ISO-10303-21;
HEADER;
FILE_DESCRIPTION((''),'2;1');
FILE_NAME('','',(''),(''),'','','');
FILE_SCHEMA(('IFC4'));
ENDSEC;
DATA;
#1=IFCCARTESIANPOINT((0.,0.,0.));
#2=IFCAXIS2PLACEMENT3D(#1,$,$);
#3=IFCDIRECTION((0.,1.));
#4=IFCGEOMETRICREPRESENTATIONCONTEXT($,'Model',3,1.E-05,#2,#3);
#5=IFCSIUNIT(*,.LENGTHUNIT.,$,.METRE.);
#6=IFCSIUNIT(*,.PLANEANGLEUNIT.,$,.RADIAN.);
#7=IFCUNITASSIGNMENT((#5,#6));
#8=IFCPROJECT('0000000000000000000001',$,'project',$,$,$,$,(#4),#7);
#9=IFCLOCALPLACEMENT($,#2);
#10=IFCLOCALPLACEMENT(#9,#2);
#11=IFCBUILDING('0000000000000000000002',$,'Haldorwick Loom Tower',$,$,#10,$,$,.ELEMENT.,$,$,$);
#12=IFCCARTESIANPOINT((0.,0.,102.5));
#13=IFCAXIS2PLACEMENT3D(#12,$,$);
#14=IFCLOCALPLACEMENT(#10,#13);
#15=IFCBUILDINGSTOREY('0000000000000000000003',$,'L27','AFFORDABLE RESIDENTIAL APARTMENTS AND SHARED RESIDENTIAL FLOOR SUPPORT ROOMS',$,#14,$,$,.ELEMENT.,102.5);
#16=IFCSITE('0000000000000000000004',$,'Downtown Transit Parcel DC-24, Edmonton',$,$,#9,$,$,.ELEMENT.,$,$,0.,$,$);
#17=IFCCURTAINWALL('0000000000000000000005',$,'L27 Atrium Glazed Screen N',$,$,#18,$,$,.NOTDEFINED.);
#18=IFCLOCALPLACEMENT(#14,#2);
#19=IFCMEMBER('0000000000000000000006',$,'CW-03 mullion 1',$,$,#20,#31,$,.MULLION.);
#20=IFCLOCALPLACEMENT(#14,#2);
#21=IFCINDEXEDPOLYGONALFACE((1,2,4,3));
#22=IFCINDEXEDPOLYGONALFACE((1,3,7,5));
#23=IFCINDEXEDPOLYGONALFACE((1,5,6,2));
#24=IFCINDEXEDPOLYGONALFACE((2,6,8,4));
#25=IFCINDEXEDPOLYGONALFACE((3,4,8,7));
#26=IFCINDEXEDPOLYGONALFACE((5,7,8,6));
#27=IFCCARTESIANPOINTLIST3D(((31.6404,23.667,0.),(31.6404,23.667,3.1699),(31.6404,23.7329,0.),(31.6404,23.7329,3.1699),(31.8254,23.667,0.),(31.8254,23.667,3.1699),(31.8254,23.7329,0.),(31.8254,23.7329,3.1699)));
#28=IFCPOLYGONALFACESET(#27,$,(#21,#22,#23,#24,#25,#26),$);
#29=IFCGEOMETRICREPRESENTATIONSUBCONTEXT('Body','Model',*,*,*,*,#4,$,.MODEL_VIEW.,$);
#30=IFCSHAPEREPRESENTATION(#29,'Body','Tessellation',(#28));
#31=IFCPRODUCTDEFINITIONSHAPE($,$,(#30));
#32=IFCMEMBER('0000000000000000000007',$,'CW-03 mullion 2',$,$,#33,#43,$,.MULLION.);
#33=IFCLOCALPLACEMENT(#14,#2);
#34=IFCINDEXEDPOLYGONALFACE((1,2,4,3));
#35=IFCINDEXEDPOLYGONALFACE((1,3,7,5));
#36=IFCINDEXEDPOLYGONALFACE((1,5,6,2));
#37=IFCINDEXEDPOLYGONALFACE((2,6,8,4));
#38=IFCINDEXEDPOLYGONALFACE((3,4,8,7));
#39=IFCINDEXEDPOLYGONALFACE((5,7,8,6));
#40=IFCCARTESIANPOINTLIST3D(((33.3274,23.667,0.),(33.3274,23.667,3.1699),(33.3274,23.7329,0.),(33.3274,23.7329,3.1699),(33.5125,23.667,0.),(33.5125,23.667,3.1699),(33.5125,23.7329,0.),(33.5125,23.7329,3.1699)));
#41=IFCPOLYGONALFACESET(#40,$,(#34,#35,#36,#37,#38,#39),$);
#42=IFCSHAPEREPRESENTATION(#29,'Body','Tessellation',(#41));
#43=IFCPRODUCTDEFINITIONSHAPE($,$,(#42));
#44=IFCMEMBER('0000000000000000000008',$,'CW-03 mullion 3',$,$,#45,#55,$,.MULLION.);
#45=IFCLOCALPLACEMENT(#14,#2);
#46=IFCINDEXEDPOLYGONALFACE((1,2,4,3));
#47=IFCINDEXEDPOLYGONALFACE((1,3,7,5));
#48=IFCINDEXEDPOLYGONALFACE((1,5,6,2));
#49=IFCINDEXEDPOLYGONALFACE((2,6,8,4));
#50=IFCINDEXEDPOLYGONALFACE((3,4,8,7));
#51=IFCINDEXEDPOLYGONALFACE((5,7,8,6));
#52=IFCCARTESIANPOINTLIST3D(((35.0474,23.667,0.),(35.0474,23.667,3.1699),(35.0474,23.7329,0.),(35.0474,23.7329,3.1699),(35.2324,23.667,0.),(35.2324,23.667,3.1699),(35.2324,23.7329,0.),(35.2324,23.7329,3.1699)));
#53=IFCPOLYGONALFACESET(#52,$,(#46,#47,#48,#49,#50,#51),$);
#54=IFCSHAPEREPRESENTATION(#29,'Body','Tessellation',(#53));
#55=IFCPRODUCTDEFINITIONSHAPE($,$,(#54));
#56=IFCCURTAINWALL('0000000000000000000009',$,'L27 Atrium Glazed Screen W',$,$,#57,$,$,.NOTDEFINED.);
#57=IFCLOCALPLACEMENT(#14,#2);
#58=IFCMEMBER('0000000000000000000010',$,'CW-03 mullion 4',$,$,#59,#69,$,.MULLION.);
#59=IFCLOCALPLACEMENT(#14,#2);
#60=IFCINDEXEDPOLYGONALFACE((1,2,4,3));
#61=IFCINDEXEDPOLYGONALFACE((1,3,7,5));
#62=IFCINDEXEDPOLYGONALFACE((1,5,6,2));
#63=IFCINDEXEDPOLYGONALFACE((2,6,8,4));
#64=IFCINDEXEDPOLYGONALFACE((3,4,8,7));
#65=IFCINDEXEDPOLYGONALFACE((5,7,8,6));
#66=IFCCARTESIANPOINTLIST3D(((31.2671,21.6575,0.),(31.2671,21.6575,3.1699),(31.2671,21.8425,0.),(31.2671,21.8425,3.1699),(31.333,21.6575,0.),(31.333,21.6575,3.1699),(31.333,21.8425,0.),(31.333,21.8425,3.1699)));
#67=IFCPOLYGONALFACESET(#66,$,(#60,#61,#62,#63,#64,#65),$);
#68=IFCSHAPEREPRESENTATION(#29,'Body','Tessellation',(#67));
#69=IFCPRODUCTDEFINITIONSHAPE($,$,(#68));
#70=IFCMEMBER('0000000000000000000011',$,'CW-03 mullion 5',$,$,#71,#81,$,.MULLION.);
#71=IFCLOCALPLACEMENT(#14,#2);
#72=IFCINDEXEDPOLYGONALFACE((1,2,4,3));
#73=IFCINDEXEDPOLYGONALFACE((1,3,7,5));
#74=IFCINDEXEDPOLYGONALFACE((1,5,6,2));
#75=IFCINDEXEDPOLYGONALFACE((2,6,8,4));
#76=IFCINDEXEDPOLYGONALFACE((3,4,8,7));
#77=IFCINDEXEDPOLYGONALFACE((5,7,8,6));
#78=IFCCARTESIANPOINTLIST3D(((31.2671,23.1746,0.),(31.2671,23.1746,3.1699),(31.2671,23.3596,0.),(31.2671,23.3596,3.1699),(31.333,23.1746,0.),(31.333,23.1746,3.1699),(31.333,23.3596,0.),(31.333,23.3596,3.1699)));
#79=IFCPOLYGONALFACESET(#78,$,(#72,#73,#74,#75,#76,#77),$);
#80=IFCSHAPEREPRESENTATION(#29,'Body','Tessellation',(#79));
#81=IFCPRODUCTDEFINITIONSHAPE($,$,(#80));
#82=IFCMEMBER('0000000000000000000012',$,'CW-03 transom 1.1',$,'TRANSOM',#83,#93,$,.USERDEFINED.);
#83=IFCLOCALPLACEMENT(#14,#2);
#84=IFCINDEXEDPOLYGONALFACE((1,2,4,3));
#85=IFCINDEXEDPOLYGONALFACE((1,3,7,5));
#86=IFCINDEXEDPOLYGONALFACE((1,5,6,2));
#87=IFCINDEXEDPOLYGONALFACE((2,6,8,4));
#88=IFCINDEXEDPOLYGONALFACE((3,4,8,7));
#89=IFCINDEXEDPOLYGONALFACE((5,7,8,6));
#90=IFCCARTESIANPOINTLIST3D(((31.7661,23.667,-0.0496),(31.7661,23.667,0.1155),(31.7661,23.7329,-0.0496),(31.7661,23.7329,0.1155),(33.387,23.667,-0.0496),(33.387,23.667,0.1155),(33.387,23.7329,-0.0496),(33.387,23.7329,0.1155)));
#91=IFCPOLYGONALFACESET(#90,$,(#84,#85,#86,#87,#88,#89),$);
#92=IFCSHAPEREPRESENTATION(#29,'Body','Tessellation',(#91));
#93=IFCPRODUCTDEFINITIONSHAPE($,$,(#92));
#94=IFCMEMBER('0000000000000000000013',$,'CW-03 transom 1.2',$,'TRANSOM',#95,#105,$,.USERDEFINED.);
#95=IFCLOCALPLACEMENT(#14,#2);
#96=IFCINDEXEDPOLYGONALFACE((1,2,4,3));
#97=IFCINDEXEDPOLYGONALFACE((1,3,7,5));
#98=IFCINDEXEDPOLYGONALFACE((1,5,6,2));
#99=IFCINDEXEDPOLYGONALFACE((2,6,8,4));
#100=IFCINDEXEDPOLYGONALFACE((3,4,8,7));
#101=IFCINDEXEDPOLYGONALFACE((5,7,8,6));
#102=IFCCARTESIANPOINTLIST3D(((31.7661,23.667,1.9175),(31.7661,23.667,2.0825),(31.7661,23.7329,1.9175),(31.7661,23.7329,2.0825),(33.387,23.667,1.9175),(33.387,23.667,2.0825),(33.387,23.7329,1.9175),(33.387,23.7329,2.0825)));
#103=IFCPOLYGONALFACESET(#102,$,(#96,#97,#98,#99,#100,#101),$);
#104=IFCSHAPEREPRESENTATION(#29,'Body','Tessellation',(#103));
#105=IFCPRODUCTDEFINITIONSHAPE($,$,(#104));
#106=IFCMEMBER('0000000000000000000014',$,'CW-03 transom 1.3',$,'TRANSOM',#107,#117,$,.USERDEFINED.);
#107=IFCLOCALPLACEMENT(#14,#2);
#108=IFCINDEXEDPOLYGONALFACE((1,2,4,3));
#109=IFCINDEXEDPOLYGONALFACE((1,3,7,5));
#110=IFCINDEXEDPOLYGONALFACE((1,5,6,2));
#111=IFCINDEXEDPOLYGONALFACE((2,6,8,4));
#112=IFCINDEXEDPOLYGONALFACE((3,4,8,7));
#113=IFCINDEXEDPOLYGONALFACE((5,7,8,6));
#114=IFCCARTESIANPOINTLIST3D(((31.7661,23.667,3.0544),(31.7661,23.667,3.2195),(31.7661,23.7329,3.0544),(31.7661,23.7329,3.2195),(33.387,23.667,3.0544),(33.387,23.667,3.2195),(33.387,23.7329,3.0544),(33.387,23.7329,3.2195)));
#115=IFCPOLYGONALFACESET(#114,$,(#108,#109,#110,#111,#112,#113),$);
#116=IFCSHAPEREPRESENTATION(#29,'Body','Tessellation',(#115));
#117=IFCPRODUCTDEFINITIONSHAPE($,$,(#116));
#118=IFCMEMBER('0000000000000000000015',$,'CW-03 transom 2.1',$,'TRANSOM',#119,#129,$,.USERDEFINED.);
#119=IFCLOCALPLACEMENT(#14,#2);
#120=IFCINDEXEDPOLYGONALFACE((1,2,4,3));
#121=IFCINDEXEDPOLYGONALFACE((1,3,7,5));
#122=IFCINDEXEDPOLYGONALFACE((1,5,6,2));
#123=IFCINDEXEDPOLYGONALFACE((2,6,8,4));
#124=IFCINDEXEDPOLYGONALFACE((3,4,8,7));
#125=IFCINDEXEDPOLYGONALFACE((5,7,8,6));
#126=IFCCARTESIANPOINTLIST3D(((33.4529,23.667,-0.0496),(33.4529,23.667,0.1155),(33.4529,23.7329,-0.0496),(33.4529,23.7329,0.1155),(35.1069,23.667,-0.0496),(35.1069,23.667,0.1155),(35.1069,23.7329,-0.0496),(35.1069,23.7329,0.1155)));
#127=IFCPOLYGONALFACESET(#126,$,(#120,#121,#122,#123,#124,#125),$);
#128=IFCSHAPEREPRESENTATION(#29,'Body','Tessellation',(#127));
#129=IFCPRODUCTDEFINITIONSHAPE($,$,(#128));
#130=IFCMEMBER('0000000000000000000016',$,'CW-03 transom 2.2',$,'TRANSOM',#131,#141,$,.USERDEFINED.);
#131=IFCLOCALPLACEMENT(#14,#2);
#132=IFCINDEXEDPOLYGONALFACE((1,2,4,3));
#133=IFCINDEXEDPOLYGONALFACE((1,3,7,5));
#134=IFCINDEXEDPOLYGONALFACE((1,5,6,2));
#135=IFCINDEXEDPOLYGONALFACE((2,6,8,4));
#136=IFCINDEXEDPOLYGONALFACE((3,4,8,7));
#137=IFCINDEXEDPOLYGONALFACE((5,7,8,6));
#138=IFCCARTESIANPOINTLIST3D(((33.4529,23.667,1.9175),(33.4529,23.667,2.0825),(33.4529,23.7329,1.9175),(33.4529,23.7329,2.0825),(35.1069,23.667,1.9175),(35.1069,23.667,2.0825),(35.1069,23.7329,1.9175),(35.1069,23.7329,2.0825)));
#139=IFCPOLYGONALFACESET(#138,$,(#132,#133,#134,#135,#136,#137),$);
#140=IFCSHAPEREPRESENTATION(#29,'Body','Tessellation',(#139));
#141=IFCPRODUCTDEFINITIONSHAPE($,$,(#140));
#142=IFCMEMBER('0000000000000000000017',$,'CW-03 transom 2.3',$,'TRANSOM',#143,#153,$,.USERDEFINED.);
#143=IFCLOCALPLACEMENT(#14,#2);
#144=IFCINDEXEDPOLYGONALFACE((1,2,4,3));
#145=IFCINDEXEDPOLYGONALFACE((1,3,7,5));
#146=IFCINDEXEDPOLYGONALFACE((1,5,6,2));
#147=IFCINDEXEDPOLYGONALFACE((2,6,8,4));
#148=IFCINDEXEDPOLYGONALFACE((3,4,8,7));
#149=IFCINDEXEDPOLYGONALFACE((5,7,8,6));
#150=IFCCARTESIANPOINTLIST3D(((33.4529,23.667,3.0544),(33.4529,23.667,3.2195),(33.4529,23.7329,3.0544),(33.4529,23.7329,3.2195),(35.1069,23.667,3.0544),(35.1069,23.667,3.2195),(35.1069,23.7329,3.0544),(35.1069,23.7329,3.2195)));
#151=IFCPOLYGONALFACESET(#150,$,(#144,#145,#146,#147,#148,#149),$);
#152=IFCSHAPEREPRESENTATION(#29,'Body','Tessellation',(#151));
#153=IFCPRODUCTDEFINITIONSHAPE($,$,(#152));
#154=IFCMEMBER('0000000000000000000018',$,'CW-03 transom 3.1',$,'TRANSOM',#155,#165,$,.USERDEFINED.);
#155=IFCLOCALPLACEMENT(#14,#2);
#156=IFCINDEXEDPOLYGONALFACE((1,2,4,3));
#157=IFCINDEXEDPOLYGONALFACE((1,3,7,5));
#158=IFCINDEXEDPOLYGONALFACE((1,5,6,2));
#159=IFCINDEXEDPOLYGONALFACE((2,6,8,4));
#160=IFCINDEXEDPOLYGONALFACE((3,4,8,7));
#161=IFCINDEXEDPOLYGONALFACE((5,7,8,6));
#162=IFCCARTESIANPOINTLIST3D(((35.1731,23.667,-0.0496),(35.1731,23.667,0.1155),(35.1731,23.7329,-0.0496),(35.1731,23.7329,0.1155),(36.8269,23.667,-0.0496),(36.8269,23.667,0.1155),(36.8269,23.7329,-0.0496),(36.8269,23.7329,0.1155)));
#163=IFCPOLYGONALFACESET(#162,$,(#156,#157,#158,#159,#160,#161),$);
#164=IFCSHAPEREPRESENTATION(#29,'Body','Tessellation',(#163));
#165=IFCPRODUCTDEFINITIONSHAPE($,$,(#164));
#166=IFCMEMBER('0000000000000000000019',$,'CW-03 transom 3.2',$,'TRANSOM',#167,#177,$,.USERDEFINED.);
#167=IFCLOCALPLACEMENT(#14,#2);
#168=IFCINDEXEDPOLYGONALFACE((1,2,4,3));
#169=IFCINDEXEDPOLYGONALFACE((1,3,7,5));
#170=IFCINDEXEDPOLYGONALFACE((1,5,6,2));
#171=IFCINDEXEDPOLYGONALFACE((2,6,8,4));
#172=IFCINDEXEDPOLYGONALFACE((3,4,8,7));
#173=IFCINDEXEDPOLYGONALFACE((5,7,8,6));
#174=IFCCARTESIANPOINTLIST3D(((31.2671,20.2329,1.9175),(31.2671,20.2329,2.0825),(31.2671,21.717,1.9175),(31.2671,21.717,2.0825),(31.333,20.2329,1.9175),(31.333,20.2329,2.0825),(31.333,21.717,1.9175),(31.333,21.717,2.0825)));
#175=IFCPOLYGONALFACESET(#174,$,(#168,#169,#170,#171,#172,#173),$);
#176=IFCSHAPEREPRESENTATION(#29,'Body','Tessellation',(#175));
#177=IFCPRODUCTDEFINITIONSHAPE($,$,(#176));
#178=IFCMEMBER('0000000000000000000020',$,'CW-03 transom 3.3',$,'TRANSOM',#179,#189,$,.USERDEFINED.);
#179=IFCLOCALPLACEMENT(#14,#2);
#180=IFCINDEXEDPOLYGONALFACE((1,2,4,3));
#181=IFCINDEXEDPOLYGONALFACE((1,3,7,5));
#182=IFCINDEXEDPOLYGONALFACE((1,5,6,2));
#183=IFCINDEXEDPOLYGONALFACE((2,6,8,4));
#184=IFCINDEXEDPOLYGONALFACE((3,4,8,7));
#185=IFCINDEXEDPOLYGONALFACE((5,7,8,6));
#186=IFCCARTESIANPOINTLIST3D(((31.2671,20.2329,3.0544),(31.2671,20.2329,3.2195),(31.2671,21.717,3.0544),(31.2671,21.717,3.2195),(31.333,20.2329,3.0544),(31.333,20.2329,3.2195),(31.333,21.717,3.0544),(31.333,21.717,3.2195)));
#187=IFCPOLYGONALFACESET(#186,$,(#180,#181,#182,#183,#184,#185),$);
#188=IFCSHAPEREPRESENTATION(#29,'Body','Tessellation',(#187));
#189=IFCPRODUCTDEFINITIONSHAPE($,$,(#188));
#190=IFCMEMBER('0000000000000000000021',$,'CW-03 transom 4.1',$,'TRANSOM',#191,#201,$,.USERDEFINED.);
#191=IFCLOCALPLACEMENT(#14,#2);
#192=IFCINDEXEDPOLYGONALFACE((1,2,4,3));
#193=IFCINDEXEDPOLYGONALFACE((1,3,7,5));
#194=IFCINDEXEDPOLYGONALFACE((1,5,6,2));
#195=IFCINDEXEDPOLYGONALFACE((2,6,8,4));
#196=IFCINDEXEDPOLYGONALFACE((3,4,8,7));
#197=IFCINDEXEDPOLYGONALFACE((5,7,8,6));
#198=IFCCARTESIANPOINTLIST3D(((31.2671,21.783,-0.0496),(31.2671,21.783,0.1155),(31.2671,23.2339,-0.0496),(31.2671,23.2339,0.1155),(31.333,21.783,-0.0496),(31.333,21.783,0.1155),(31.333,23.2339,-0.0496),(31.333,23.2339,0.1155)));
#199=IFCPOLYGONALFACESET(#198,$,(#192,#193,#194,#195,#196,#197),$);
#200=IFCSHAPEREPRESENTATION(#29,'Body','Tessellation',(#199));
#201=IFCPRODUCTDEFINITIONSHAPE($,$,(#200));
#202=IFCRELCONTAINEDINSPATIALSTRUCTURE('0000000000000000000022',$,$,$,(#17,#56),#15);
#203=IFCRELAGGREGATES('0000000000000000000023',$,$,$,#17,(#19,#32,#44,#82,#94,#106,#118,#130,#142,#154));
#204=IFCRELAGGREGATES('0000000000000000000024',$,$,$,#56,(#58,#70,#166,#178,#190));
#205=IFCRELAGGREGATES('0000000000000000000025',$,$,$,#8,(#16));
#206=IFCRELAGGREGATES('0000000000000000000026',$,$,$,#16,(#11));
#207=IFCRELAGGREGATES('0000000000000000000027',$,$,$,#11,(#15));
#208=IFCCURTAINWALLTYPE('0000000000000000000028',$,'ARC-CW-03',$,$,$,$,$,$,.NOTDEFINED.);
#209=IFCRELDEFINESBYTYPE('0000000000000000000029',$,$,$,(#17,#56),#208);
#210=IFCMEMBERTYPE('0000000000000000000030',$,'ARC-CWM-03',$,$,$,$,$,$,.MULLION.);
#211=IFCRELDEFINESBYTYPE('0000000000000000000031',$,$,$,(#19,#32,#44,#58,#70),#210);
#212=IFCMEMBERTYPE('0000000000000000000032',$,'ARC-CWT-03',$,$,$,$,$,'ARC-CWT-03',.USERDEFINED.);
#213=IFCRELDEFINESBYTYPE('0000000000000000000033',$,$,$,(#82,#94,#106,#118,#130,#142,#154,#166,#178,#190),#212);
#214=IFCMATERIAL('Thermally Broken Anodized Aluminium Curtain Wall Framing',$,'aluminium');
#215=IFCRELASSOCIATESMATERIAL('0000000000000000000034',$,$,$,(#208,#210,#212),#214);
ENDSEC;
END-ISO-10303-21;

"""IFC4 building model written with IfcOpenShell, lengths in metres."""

from ifc_helpers import new_model, si_unit, direction, frame, origin, origin_2d, place, context, subcontext, project, spatial, rectangle, extrude, material, material_profile, profile_set, type_object, element, aggregate, save


model = new_model("IFC4")

# Units and contexts
model_context = context("Model", 3, precision=1e-05, world=origin(), true_north=direction((0.0, 1.0)))
body_context = subcontext(model_context, "Body", "Model", "MODEL_VIEW")
ifc_project = project(units=[si_unit("LENGTHUNIT", "METRE"), si_unit("PLANEANGLEUNIT", "RADIAN")], contexts=[model_context])

# Site, building, storey
site_placement = place(None, origin())
site = spatial("IfcSite", under=ifc_project, at=site_placement, Name="Downtown Transit Parcel DC-24, Edmonton", CompositionType="ELEMENT", RefElevation=0.0)
building_placement = place(site_placement, origin())
building = spatial("IfcBuilding", under=site, at=building_placement, Name="Haldorwick Loom Tower", CompositionType="ELEMENT")
storey_placement = place(building_placement, frame((0.0, 0.0, 102.5)))
storey = spatial("IfcBuildingStorey", under=building, at=storey_placement, Name="L27", Description="AFFORDABLE RESIDENTIAL APARTMENTS AND SHARED RESIDENTIAL FLOOR SUPPORT ROOMS", CompositionType="ELEMENT", Elevation=102.5)

# Curtain walls, members
ifc_material_1 = material(Name="Thermally Broken Anodized Aluminium Curtain Wall Framing", Category="aluminium")
curtain_wall_type = type_object("IfcCurtainWallType", Name="ARC-CW-03", PredefinedType="NOTDEFINED", material=ifc_material_1)
curtain_wall_1_placement = place(storey_placement, origin())
curtain_wall_1 = element("IfcCurtainWall", 1, at=curtain_wall_1_placement, inside=storey, type_object=curtain_wall_type, Name="L27 Atrium Glazed Screen N", PredefinedType="NOTDEFINED")
ifc_material_profile_1 = material_profile(ifc_material_1, rectangle(XDim=0.0659, YDim=0.1851, at=origin_2d()), Name="ALU_MUL_66X185", Category="aluminium")
ifc_profile_set_1 = profile_set([ifc_material_profile_1], Name="Thermally Broken Anodized Aluminium Curtain Wall Framing")
member_type_1 = type_object("IfcMemberType", Name="ARC-CWM-03", PredefinedType="MULLION", material=ifc_profile_set_1)
member_1_placement = place(storey_placement, frame((31.7329, 23.7, 0.0), z_axis=(0.0, 0.0, 1.0), x_axis=(0.0, 1.0, 0.0)))
member_1 = element("IfcMember", 2, at=member_1_placement, type_object=member_type_1, Name="CW-03 mullion 1", PredefinedType="MULLION", context=body_context, shape_type="SweptSolid", body=[
    extrude(rectangle(XDim=0.0659, YDim=0.1851, at=origin_2d()), origin(), (0.0, 0.0, 1.0), 3.1699),
])
member_2_placement = place(storey_placement, frame((33.4199, 23.7, 0.0), z_axis=(0.0, 0.0, 1.0), x_axis=(0.0, 1.0, 0.0)))
member_2 = element("IfcMember", 3, at=member_2_placement, type_object=member_type_1, Name="CW-03 mullion 2", PredefinedType="MULLION", context=body_context, shape_type="SweptSolid", body=[
    extrude(rectangle(XDim=0.0659, YDim=0.1851, at=origin_2d()), origin(), (0.0, 0.0, 1.0), 3.1699),
])
member_3_placement = place(storey_placement, frame((35.1399, 23.7, 0.0), z_axis=(0.0, 0.0, 1.0), x_axis=(0.0, 1.0, 0.0)))
member_3 = element("IfcMember", 4, at=member_3_placement, type_object=member_type_1, Name="CW-03 mullion 3", PredefinedType="MULLION", context=body_context, shape_type="SweptSolid", body=[
    extrude(rectangle(XDim=0.0659, YDim=0.1851, at=origin_2d()), origin(), (0.0, 0.0, 1.0), 3.1699),
])
curtain_wall_2_placement = place(storey_placement, origin())
curtain_wall_2 = element("IfcCurtainWall", 5, at=curtain_wall_2_placement, inside=storey, type_object=curtain_wall_type, Name="L27 Atrium Glazed Screen W", PredefinedType="NOTDEFINED")
member_4_placement = place(storey_placement, frame((31.3, 21.75, 0.0), z_axis=(0.0, 0.0, 1.0), x_axis=(-1.0, 0.0, 0.0)))
member_4 = element("IfcMember", 6, at=member_4_placement, type_object=member_type_1, Name="CW-03 mullion 4", PredefinedType="MULLION", context=body_context, shape_type="SweptSolid", body=[
    extrude(rectangle(XDim=0.0659, YDim=0.1851, at=origin_2d()), origin(), (0.0, 0.0, 1.0), 3.1699),
])
member_5_placement = place(storey_placement, frame((31.3, 23.2671, 0.0), z_axis=(0.0, 0.0, 1.0), x_axis=(-1.0, 0.0, 0.0)))
member_5 = element("IfcMember", 7, at=member_5_placement, type_object=member_type_1, Name="CW-03 mullion 5", PredefinedType="MULLION", context=body_context, shape_type="SweptSolid", body=[
    extrude(rectangle(XDim=0.0659, YDim=0.1851, at=origin_2d()), origin(), (0.0, 0.0, 1.0), 3.1699),
])

# Members
ifc_material_profile_2 = material_profile(ifc_material_1, rectangle(XDim=0.0659, YDim=0.165, at=origin_2d()), Name="ALU_TRN_66X165", Category="aluminium")
ifc_profile_set_2 = profile_set([ifc_material_profile_2], Name="Thermally Broken Anodized Aluminium Curtain Wall Framing")
member_type_2 = type_object("IfcMemberType", Name="ARC-CWT-03", ElementType="ARC-CWT-03", PredefinedType="USERDEFINED", material=ifc_profile_set_2)
member_6_placement = place(storey_placement, frame((31.7661, 23.7, 0.033), z_axis=(1.0, 0.0, 0.0), x_axis=(0.0, 1.0, 0.0)))
member_6 = element("IfcMember", 8, at=member_6_placement, type_object=member_type_2, Name="CW-03 transom 1.1", ObjectType="TRANSOM", PredefinedType="USERDEFINED", context=body_context, shape_type="SweptSolid", body=[
    extrude(rectangle(XDim=0.0659, YDim=0.165, at=origin_2d()), origin(), (0.0, 0.0, 1.0), 1.6208),
])
member_7_placement = place(storey_placement, frame((31.7661, 23.7, 2.0), z_axis=(1.0, 0.0, 0.0), x_axis=(0.0, 1.0, 0.0)))
member_7 = element("IfcMember", 9, at=member_7_placement, type_object=member_type_2, Name="CW-03 transom 1.2", ObjectType="TRANSOM", PredefinedType="USERDEFINED", context=body_context, shape_type="SweptSolid", body=[
    extrude(rectangle(XDim=0.0659, YDim=0.165, at=origin_2d()), origin(), (0.0, 0.0, 1.0), 1.6208),
])
member_8_placement = place(storey_placement, frame((31.7661, 23.7, 3.137), z_axis=(1.0, 0.0, 0.0), x_axis=(0.0, 1.0, 0.0)))
member_8 = element("IfcMember", 10, at=member_8_placement, type_object=member_type_2, Name="CW-03 transom 1.3", ObjectType="TRANSOM", PredefinedType="USERDEFINED", context=body_context, shape_type="SweptSolid", body=[
    extrude(rectangle(XDim=0.0659, YDim=0.165, at=origin_2d()), origin(), (0.0, 0.0, 1.0), 1.6208),
])
member_9_placement = place(storey_placement, frame((33.4529, 23.7, 0.033), z_axis=(1.0, 0.0, 0.0), x_axis=(0.0, 1.0, 0.0)))
member_9 = element("IfcMember", 11, at=member_9_placement, type_object=member_type_2, Name="CW-03 transom 2.1", ObjectType="TRANSOM", PredefinedType="USERDEFINED", context=body_context, shape_type="SweptSolid", body=[
    extrude(rectangle(XDim=0.0659, YDim=0.165, at=origin_2d()), origin(), (0.0, 0.0, 1.0), 1.6541),
])
member_10_placement = place(storey_placement, frame((33.4529, 23.7, 2.0), z_axis=(1.0, 0.0, 0.0), x_axis=(0.0, 1.0, 0.0)))
member_10 = element("IfcMember", 12, at=member_10_placement, type_object=member_type_2, Name="CW-03 transom 2.2", ObjectType="TRANSOM", PredefinedType="USERDEFINED", context=body_context, shape_type="SweptSolid", body=[
    extrude(rectangle(XDim=0.0659, YDim=0.165, at=origin_2d()), origin(), (0.0, 0.0, 1.0), 1.6541),
])
member_11_placement = place(storey_placement, frame((33.4529, 23.7, 3.137), z_axis=(1.0, 0.0, 0.0), x_axis=(0.0, 1.0, 0.0)))
member_11 = element("IfcMember", 13, at=member_11_placement, type_object=member_type_2, Name="CW-03 transom 2.3", ObjectType="TRANSOM", PredefinedType="USERDEFINED", context=body_context, shape_type="SweptSolid", body=[
    extrude(rectangle(XDim=0.0659, YDim=0.165, at=origin_2d()), origin(), (0.0, 0.0, 1.0), 1.6541),
])
member_12_placement = place(storey_placement, frame((35.1731, 23.7, 0.033), z_axis=(1.0, 0.0, 0.0), x_axis=(0.0, 1.0, 0.0)))
member_12 = element("IfcMember", 14, at=member_12_placement, type_object=member_type_2, Name="CW-03 transom 3.1", ObjectType="TRANSOM", PredefinedType="USERDEFINED", context=body_context, shape_type="SweptSolid", body=[
    extrude(rectangle(XDim=0.0659, YDim=0.165, at=origin_2d()), origin(), (0.0, 0.0, 1.0), 1.6538),
])
member_13_placement = place(storey_placement, frame((31.3, 20.2329, 2.0), z_axis=(0.0, 1.0, 0.0), x_axis=(-1.0, 0.0, 0.0)))
member_13 = element("IfcMember", 15, at=member_13_placement, type_object=member_type_2, Name="CW-03 transom 3.2", ObjectType="TRANSOM", PredefinedType="USERDEFINED", context=body_context, shape_type="SweptSolid", body=[
    extrude(rectangle(XDim=0.0659, YDim=0.165, at=origin_2d()), origin(), (0.0, 0.0, 1.0), 1.4841),
])
member_14_placement = place(storey_placement, frame((31.3, 20.2329, 3.137), z_axis=(0.0, 1.0, 0.0), x_axis=(-1.0, 0.0, 0.0)))
member_14 = element("IfcMember", 16, at=member_14_placement, type_object=member_type_2, Name="CW-03 transom 3.3", ObjectType="TRANSOM", PredefinedType="USERDEFINED", context=body_context, shape_type="SweptSolid", body=[
    extrude(rectangle(XDim=0.0659, YDim=0.165, at=origin_2d()), origin(), (0.0, 0.0, 1.0), 1.4841),
])
member_15_placement = place(storey_placement, frame((31.3, 21.783, 0.033), z_axis=(0.0, 1.0, 0.0), x_axis=(-1.0, 0.0, 0.0)))
member_15 = element("IfcMember", 17, at=member_15_placement, type_object=member_type_2, Name="CW-03 transom 4.1", ObjectType="TRANSOM", PredefinedType="USERDEFINED", context=body_context, shape_type="SweptSolid", body=[
    extrude(rectangle(XDim=0.0659, YDim=0.165, at=origin_2d()), origin(), (0.0, 0.0, 1.0), 1.4509),
])

aggregate(curtain_wall_1, [member_1, member_2, member_3, member_6, member_7, member_8, member_9, member_10, member_11, member_12])
aggregate(curtain_wall_2, [member_4, member_5, member_13, member_14, member_15])

save(model, "model.ifc")
